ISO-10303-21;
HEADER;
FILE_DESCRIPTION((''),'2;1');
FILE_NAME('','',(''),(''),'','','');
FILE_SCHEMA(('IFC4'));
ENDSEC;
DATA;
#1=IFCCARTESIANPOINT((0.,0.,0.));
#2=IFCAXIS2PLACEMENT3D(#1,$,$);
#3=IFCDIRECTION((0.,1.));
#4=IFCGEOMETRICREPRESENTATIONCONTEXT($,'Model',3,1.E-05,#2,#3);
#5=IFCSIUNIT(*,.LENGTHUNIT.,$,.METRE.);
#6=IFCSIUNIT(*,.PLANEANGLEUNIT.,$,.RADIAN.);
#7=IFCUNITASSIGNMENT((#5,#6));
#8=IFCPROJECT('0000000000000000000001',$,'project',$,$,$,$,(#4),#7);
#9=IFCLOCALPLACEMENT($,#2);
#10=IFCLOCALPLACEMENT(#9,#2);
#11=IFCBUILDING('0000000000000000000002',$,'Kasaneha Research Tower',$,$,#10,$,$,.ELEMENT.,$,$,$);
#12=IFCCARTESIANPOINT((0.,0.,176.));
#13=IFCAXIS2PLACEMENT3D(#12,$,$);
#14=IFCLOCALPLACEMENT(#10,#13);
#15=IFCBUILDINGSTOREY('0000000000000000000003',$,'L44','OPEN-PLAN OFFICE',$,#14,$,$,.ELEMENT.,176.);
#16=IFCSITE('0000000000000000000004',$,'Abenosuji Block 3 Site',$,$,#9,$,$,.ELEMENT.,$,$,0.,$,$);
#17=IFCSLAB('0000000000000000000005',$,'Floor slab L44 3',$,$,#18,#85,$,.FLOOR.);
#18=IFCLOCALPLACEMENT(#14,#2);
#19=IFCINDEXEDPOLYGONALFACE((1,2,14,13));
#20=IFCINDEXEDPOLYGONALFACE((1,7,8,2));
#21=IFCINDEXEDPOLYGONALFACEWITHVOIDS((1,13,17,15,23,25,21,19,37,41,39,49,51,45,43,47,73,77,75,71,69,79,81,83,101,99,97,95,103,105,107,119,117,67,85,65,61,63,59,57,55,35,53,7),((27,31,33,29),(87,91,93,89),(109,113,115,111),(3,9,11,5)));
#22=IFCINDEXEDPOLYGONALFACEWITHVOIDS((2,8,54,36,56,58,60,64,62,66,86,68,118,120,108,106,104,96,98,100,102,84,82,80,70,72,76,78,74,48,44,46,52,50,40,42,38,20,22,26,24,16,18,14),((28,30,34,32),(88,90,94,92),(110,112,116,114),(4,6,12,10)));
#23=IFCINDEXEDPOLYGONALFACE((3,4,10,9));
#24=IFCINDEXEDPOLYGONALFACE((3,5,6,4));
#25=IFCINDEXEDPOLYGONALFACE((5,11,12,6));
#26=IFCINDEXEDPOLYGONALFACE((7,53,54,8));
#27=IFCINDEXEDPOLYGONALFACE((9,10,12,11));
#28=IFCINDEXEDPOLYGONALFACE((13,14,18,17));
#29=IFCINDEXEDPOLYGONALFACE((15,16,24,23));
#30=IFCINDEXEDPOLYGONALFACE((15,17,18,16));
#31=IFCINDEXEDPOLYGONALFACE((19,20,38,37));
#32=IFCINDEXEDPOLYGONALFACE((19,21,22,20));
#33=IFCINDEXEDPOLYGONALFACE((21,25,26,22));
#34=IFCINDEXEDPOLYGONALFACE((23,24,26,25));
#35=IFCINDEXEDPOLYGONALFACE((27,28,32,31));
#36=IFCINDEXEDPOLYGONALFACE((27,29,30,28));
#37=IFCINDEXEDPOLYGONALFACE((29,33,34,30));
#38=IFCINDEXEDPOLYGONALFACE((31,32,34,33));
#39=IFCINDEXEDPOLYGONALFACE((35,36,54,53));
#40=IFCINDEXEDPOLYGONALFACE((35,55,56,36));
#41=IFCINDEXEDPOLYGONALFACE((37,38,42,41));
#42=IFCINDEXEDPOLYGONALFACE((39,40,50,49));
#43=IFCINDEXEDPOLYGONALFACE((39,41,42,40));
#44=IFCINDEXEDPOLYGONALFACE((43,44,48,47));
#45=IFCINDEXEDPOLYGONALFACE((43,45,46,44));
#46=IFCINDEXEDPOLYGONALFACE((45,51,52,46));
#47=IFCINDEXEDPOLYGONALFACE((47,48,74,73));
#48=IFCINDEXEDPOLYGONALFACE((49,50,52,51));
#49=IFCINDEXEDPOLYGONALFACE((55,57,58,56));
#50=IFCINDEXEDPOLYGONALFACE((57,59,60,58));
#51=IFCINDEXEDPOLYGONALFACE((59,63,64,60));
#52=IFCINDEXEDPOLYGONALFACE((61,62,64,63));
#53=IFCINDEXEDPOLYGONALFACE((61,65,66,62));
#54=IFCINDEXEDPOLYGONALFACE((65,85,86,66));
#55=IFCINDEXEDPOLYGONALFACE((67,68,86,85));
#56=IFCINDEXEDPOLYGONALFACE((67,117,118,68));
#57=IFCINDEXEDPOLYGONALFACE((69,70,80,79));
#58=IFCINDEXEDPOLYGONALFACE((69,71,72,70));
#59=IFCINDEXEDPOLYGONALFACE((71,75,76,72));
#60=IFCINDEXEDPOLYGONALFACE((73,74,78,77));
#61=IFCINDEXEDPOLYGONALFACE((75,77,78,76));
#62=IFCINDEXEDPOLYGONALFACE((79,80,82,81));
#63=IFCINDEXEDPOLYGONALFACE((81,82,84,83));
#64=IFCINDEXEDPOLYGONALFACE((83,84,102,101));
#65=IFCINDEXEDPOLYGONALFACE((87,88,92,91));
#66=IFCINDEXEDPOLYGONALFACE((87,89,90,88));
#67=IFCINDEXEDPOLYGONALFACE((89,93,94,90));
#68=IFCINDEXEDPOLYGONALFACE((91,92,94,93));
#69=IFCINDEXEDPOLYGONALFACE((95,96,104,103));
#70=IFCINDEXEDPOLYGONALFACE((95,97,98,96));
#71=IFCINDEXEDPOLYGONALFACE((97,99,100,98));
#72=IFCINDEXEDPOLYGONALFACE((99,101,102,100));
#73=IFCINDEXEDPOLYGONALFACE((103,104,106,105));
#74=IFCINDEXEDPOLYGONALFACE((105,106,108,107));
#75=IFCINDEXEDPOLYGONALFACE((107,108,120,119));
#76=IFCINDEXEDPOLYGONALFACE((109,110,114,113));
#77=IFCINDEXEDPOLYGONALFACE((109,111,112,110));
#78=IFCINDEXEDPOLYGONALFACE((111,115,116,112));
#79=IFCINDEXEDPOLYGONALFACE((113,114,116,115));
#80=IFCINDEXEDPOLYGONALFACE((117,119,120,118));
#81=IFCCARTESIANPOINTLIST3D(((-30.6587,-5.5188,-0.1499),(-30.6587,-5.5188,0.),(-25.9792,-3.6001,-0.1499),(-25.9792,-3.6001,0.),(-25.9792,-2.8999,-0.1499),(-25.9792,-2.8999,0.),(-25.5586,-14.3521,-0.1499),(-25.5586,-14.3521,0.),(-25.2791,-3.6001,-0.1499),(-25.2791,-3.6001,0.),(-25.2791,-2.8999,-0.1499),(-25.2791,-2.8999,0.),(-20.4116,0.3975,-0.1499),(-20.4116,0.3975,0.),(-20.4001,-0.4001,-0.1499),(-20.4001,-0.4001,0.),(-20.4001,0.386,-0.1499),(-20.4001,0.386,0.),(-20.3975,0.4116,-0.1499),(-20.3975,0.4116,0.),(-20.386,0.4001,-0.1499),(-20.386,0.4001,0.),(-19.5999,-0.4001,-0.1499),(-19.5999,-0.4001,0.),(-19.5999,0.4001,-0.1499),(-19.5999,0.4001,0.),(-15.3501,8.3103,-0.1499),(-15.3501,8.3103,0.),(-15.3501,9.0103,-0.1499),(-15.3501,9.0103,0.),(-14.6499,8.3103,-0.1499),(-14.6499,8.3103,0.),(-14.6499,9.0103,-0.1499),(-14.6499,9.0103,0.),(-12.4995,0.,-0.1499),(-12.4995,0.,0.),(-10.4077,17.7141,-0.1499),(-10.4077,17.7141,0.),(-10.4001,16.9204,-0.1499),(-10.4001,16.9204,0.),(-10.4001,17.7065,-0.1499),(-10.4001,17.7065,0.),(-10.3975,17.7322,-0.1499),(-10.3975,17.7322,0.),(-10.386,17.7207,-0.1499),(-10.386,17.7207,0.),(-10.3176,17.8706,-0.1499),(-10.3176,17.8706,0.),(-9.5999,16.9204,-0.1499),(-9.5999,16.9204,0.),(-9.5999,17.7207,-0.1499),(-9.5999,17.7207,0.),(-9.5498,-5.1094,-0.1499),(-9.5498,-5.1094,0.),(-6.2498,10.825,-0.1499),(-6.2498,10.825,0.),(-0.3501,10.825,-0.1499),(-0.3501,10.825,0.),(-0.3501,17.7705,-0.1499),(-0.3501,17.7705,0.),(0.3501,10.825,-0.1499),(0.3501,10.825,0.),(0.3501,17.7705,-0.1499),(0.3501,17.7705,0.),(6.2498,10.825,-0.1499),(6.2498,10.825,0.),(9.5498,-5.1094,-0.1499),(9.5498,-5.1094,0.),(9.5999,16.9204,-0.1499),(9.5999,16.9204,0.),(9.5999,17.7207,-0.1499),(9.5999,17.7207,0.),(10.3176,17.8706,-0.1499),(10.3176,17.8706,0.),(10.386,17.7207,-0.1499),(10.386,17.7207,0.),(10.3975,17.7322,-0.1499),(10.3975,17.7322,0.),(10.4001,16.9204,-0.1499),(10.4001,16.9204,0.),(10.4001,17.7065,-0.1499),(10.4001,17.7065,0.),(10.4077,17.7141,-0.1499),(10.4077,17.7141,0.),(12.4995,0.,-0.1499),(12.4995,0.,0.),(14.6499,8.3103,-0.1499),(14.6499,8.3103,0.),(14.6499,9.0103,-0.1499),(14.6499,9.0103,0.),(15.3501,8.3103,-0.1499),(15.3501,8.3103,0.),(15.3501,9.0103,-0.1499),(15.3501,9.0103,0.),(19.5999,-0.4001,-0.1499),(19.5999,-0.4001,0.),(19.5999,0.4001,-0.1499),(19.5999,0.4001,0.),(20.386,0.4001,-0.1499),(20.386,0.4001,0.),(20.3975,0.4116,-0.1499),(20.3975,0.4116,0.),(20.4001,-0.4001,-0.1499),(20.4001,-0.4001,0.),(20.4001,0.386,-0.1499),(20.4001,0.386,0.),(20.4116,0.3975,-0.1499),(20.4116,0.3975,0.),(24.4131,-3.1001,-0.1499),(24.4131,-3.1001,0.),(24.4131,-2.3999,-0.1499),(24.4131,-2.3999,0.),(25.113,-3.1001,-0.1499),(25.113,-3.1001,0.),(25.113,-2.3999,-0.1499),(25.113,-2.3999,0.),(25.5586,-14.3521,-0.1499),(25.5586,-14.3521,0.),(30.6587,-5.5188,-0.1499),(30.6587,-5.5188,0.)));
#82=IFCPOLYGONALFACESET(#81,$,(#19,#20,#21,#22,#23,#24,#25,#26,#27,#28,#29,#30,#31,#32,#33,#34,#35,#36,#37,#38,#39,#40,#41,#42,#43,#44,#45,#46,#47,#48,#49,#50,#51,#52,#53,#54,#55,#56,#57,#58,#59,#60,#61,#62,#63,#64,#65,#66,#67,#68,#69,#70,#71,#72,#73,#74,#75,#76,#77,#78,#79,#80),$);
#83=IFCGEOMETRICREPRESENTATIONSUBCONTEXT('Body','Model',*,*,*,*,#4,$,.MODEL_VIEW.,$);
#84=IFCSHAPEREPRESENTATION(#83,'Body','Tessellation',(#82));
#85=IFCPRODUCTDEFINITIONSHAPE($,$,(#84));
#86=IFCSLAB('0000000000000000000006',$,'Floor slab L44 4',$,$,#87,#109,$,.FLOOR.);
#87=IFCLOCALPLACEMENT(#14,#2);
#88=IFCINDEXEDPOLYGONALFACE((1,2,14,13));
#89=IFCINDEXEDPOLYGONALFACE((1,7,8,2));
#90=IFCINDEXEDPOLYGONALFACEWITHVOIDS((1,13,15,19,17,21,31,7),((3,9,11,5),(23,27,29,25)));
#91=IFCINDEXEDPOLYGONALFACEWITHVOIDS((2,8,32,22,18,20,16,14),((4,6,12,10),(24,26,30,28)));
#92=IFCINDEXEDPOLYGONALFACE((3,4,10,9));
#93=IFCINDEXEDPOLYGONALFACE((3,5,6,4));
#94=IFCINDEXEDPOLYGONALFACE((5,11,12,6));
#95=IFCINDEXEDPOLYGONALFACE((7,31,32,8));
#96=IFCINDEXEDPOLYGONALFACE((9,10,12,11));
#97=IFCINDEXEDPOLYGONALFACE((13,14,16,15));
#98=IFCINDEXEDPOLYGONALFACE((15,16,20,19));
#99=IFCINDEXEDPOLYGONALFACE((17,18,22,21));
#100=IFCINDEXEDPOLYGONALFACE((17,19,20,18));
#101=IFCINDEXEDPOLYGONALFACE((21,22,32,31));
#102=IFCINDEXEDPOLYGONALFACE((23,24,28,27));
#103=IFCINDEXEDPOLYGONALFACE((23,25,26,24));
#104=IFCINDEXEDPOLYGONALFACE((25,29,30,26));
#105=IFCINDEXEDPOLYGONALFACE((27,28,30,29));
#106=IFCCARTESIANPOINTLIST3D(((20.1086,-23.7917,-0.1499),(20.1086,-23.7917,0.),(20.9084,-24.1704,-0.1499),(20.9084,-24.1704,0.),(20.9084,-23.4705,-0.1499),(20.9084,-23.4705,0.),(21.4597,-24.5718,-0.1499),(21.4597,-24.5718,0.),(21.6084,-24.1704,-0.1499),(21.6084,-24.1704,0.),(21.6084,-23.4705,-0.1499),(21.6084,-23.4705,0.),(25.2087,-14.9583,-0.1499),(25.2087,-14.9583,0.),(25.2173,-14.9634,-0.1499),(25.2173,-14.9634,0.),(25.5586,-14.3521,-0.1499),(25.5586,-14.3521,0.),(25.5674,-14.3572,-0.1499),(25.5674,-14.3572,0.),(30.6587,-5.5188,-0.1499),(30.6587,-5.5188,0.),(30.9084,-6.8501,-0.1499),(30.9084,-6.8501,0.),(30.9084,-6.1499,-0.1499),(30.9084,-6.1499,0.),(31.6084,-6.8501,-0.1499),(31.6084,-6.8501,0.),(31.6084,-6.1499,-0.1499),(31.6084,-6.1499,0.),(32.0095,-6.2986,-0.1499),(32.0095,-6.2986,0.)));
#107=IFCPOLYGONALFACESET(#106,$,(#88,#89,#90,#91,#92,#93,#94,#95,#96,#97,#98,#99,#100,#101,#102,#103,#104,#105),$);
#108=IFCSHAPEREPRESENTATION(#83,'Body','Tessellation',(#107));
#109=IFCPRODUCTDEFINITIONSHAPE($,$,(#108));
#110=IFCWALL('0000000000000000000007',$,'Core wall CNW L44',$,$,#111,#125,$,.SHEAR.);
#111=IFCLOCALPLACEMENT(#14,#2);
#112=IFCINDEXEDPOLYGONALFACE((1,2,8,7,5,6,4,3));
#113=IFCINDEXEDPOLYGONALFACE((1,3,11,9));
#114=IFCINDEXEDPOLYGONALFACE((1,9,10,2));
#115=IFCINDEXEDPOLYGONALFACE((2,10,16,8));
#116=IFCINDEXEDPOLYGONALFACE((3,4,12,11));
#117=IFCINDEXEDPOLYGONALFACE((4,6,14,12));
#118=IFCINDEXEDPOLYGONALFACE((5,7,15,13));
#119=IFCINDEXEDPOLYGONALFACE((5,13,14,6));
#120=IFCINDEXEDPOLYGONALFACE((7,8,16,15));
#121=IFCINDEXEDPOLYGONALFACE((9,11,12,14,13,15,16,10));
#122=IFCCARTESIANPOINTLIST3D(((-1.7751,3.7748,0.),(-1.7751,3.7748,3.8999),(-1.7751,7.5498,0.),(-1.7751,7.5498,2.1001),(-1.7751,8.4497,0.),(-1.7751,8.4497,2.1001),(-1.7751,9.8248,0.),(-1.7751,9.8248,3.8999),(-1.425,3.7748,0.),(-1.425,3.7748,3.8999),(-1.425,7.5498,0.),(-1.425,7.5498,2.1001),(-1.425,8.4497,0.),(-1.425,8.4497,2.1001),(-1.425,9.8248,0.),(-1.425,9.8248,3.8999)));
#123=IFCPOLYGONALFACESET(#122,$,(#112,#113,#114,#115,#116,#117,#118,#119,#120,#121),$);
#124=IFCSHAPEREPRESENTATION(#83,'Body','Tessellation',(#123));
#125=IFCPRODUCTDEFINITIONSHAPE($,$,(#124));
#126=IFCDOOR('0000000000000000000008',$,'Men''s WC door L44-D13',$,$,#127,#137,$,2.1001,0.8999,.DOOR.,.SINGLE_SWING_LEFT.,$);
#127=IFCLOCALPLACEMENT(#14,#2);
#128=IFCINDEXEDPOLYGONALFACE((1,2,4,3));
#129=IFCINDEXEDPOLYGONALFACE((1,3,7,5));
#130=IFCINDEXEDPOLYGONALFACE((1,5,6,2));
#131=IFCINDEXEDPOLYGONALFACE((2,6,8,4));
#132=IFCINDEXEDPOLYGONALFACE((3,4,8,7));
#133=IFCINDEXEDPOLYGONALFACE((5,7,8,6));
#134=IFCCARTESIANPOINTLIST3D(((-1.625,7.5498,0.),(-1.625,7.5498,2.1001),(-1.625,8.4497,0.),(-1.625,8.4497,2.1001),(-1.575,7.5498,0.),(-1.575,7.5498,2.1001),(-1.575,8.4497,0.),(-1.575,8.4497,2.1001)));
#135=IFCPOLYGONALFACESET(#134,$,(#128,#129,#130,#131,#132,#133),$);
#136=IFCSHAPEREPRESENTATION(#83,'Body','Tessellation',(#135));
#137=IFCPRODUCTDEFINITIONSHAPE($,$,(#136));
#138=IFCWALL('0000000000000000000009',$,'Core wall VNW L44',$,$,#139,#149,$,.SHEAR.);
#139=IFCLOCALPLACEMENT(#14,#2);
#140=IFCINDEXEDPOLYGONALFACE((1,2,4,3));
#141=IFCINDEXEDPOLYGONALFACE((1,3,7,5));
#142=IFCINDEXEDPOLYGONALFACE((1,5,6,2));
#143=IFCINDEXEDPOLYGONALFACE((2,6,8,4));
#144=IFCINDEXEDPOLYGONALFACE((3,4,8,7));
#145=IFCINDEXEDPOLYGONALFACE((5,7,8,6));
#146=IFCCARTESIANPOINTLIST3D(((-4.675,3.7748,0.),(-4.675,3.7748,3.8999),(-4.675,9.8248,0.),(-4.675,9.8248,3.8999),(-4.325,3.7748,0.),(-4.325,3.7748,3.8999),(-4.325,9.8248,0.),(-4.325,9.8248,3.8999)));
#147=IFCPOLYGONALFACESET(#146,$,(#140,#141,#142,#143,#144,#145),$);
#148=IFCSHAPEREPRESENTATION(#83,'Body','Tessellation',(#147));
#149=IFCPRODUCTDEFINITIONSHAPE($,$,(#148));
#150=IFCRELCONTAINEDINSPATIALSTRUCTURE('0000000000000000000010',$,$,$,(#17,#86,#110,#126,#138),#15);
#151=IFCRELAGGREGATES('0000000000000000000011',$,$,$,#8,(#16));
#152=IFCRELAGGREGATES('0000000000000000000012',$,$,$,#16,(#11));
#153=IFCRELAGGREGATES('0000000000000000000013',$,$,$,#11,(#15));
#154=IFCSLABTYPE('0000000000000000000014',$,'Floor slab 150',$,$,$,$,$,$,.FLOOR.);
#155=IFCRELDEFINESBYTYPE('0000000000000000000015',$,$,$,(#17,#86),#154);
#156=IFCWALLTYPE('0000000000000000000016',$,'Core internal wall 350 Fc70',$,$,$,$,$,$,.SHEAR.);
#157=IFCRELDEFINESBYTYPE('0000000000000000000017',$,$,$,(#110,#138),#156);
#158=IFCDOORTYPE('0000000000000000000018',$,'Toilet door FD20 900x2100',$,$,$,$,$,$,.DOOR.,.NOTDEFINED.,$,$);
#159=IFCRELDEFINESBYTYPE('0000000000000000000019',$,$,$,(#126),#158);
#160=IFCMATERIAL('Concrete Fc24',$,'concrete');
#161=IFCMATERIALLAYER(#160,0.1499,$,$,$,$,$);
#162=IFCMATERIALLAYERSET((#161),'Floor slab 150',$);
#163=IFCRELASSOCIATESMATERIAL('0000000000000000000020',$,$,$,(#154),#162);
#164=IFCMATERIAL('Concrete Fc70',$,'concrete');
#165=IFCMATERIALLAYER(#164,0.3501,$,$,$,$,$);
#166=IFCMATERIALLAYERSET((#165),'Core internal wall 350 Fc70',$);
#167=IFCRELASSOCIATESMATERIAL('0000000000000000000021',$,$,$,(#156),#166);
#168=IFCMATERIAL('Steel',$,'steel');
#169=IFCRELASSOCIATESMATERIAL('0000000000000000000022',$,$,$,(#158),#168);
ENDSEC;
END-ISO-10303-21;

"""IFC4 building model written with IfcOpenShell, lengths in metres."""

from ifc_helpers import new_model, si_unit, direction, frame, frame_2d, origin, place, context, subcontext, project, spatial, polyline, rectangle, outline, extrude, material, layer, layer_set, type_object, element, fill, save


model = new_model("IFC4")

# Units and contexts
model_context = context("Model", 3, precision=1e-05, world=origin(), true_north=direction((0.0, 1.0)))
body_context = subcontext(model_context, "Body", "Model", "MODEL_VIEW")
ifc_project = project(units=[si_unit("LENGTHUNIT", "METRE"), si_unit("PLANEANGLEUNIT", "RADIAN")], contexts=[model_context])

# Site, building, storey
site_placement = place(None, origin())
site = spatial("IfcSite", under=ifc_project, at=site_placement, Name="Abenosuji Block 3 Site", CompositionType="ELEMENT", RefElevation=0.0)
building_placement = place(site_placement, origin())
building = spatial("IfcBuilding", under=site, at=building_placement, Name="Kasaneha Research Tower", CompositionType="ELEMENT")
storey_placement = place(building_placement, frame((0.0, 0.0, 176.0)))
storey = spatial("IfcBuildingStorey", under=building, at=storey_placement, Name="L44", Description="OPEN-PLAN OFFICE", CompositionType="ELEMENT", Elevation=176.0)

# Slabs
ifc_material_1 = material(Name="Concrete Fc24", Category="concrete")
ifc_layer_1 = layer(ifc_material_1, 0.1499)
ifc_layer_set_1 = layer_set([ifc_layer_1], Name="Floor slab 150")
slab_type_1 = type_object("IfcSlabType", Name="Floor slab 150", PredefinedType="FLOOR", material=ifc_layer_set_1)
slab_1_placement = place(storey_placement, frame((0.0, 0.0, -0.1499)))
element("IfcSlab", 1, at=slab_1_placement, inside=storey, type_object=slab_type_1, Name="Floor slab L44 3", PredefinedType="FLOOR", context=body_context, shape_type="SweptSolid", body=[
    extrude(outline(polyline([(-20.4001, -0.4001), (-19.5999, -0.4001), (-19.5999, 0.4001), (-20.386, 0.4001), (-20.3975, 0.4116), (-10.4077, 17.7141), (-10.4001, 17.7065), (-10.4001, 16.9204), (-9.5999, 16.9204), (-9.5999, 17.7207), (-10.386, 17.7207), (-10.3975, 17.7322), (-10.3176, 17.8706), (10.3176, 17.8706), (10.3975, 17.7322), (10.386, 17.7207), (9.5999, 17.7207), (9.5999, 16.9204), (10.4001, 16.9204), (10.4001, 17.7065), (10.4077, 17.7141), (20.3975, 0.4116), (20.386, 0.4001), (19.5999, 0.4001), (19.5999, -0.4001), (20.4001, -0.4001), (20.4001, 0.386), (20.4116, 0.3975), (30.6587, -5.5188), (25.5586, -14.3521), (9.5498, -5.1094), (12.4995, 0.0), (6.2498, 10.825), (0.3501, 10.825), (0.3501, 17.7705), (-0.3501, 17.7705), (-0.3501, 10.825), (-6.2498, 10.825), (-12.4995, 0.0), (-9.5498, -5.1094), (-25.5586, -14.3521), (-30.6587, -5.5188), (-20.4116, 0.3975), (-20.4001, 0.386), (-20.4001, -0.4001)]), holes=[polyline([(-25.2791, -3.6001), (-25.2791, -2.8999), (-25.9792, -2.8999), (-25.9792, -3.6001), (-25.2791, -3.6001)]), polyline([(-15.3501, 8.3103), (-14.6499, 8.3103), (-14.6499, 9.0103), (-15.3501, 9.0103), (-15.3501, 8.3103)]), polyline([(24.4131, -3.1001), (25.113, -3.1001), (25.113, -2.3999), (24.4131, -2.3999), (24.4131, -3.1001)]), polyline([(14.6499, 8.3103), (15.3501, 8.3103), (15.3501, 9.0103), (14.6499, 9.0103), (14.6499, 8.3103)])]), origin(), (0.0, 0.0, 1.0), 0.1499),
])
slab_2_placement = place(storey_placement, frame((0.0, 0.0, -0.1499)))
element("IfcSlab", 2, at=slab_2_placement, inside=storey, type_object=slab_type_1, Name="Floor slab L44 4", PredefinedType="FLOOR", context=body_context, shape_type="SweptSolid", body=[
    extrude(outline(polyline([(32.0095, -6.2986), (21.4597, -24.5718), (20.1086, -23.7917), (25.2087, -14.9583), (25.2173, -14.9634), (25.5674, -14.3572), (25.5586, -14.3521), (30.6587, -5.5188), (32.0095, -6.2986)]), holes=[polyline([(21.6084, -24.1704), (21.6084, -23.4705), (20.9084, -23.4705), (20.9084, -24.1704), (21.6084, -24.1704)]), polyline([(31.6084, -6.8501), (31.6084, -6.1499), (30.9084, -6.1499), (30.9084, -6.8501), (31.6084, -6.8501)])]), origin(), (0.0, 0.0, 1.0), 0.1499),
])

# Shared definitions
ifc_material_2 = material(Name="Concrete Fc70", Category="concrete")
ifc_layer_2 = layer(ifc_material_2, 0.3501)
ifc_layer_set_2 = layer_set([ifc_layer_2], Name="Core internal wall 350 Fc70")
wall_type = type_object("IfcWallType", Name="Core internal wall 350 Fc70", PredefinedType="SHEAR", material=ifc_layer_set_2)

# Wall, opening, door
wall_1_placement = place(storey_placement, frame((-1.6001, 3.7749, 0.0), z_axis=(0.0, 0.0, 1.0), x_axis=(0.0, 1.0, 0.0)))
wall_1 = element("IfcWall", 3, at=wall_1_placement, inside=storey, type_object=wall_type, Name="Core wall CNW L44", PredefinedType="SHEAR", context=body_context, shape_type="SweptSolid", body=[
    extrude(rectangle(XDim=6.05, YDim=0.3501, at=frame_2d((3.0249, 0.0))), origin(), (0.0, 0.0, 1.0), 3.8999),
])
opening_1_placement = place(wall_1_placement, frame((3.7749, 0.0, 0.0)))
opening_1 = element("IfcOpeningElement", 4, at=opening_1_placement, cuts=wall_1, PredefinedType="OPENING", context=body_context, shape_type="SweptSolid", body=[
    extrude(rectangle(XDim=0.8999, YDim=2.1001, at=frame_2d((0.45, 1.05))), frame((0.0, 0.1851, 0.0), z_axis=(0.0, -1.0, 0.0), x_axis=(1.0, 0.0, 0.0)), (0.0, 0.0, 1.0), 0.3701),
])
ifc_material_3 = material(Name="Steel", Category="steel")
door_type_1 = type_object("IfcDoorType", Name="Toilet door FD20 900x2100", OperationType="NOTDEFINED", PredefinedType="DOOR", material=ifc_material_3)
door_1_placement = place(opening_1_placement, origin())
door_1 = element("IfcDoor", 5, at=door_1_placement, inside=storey, type_object=door_type_1, Name="Men's WC door L44-D13", OperationType="SINGLE_SWING_LEFT", OverallHeight=2.1001, OverallWidth=0.8999, PredefinedType="DOOR", context=body_context, shape_type="SweptSolid", body=[
    extrude(rectangle(XDim=0.8999, YDim=2.1001, at=frame_2d((0.45, 1.05))), frame((0.0, 0.0249, 0.0), z_axis=(0.0, -1.0, 0.0), x_axis=(1.0, 0.0, 0.0)), (0.0, 0.0, 1.0), 0.05),
])
fill(opening_1, door_1)

# Wall
wall_2_placement = place(storey_placement, frame((-4.5, 3.7749, 0.0), z_axis=(0.0, 0.0, 1.0), x_axis=(0.0, 1.0, 0.0)))
element("IfcWall", 6, at=wall_2_placement, inside=storey, type_object=wall_type, Name="Core wall VNW L44", PredefinedType="SHEAR", context=body_context, shape_type="SweptSolid", body=[
    extrude(rectangle(XDim=6.05, YDim=0.3501, at=frame_2d((3.0249, 0.0))), origin(), (0.0, 0.0, 1.0), 3.8999),
])

save(model, "model.ifc")
